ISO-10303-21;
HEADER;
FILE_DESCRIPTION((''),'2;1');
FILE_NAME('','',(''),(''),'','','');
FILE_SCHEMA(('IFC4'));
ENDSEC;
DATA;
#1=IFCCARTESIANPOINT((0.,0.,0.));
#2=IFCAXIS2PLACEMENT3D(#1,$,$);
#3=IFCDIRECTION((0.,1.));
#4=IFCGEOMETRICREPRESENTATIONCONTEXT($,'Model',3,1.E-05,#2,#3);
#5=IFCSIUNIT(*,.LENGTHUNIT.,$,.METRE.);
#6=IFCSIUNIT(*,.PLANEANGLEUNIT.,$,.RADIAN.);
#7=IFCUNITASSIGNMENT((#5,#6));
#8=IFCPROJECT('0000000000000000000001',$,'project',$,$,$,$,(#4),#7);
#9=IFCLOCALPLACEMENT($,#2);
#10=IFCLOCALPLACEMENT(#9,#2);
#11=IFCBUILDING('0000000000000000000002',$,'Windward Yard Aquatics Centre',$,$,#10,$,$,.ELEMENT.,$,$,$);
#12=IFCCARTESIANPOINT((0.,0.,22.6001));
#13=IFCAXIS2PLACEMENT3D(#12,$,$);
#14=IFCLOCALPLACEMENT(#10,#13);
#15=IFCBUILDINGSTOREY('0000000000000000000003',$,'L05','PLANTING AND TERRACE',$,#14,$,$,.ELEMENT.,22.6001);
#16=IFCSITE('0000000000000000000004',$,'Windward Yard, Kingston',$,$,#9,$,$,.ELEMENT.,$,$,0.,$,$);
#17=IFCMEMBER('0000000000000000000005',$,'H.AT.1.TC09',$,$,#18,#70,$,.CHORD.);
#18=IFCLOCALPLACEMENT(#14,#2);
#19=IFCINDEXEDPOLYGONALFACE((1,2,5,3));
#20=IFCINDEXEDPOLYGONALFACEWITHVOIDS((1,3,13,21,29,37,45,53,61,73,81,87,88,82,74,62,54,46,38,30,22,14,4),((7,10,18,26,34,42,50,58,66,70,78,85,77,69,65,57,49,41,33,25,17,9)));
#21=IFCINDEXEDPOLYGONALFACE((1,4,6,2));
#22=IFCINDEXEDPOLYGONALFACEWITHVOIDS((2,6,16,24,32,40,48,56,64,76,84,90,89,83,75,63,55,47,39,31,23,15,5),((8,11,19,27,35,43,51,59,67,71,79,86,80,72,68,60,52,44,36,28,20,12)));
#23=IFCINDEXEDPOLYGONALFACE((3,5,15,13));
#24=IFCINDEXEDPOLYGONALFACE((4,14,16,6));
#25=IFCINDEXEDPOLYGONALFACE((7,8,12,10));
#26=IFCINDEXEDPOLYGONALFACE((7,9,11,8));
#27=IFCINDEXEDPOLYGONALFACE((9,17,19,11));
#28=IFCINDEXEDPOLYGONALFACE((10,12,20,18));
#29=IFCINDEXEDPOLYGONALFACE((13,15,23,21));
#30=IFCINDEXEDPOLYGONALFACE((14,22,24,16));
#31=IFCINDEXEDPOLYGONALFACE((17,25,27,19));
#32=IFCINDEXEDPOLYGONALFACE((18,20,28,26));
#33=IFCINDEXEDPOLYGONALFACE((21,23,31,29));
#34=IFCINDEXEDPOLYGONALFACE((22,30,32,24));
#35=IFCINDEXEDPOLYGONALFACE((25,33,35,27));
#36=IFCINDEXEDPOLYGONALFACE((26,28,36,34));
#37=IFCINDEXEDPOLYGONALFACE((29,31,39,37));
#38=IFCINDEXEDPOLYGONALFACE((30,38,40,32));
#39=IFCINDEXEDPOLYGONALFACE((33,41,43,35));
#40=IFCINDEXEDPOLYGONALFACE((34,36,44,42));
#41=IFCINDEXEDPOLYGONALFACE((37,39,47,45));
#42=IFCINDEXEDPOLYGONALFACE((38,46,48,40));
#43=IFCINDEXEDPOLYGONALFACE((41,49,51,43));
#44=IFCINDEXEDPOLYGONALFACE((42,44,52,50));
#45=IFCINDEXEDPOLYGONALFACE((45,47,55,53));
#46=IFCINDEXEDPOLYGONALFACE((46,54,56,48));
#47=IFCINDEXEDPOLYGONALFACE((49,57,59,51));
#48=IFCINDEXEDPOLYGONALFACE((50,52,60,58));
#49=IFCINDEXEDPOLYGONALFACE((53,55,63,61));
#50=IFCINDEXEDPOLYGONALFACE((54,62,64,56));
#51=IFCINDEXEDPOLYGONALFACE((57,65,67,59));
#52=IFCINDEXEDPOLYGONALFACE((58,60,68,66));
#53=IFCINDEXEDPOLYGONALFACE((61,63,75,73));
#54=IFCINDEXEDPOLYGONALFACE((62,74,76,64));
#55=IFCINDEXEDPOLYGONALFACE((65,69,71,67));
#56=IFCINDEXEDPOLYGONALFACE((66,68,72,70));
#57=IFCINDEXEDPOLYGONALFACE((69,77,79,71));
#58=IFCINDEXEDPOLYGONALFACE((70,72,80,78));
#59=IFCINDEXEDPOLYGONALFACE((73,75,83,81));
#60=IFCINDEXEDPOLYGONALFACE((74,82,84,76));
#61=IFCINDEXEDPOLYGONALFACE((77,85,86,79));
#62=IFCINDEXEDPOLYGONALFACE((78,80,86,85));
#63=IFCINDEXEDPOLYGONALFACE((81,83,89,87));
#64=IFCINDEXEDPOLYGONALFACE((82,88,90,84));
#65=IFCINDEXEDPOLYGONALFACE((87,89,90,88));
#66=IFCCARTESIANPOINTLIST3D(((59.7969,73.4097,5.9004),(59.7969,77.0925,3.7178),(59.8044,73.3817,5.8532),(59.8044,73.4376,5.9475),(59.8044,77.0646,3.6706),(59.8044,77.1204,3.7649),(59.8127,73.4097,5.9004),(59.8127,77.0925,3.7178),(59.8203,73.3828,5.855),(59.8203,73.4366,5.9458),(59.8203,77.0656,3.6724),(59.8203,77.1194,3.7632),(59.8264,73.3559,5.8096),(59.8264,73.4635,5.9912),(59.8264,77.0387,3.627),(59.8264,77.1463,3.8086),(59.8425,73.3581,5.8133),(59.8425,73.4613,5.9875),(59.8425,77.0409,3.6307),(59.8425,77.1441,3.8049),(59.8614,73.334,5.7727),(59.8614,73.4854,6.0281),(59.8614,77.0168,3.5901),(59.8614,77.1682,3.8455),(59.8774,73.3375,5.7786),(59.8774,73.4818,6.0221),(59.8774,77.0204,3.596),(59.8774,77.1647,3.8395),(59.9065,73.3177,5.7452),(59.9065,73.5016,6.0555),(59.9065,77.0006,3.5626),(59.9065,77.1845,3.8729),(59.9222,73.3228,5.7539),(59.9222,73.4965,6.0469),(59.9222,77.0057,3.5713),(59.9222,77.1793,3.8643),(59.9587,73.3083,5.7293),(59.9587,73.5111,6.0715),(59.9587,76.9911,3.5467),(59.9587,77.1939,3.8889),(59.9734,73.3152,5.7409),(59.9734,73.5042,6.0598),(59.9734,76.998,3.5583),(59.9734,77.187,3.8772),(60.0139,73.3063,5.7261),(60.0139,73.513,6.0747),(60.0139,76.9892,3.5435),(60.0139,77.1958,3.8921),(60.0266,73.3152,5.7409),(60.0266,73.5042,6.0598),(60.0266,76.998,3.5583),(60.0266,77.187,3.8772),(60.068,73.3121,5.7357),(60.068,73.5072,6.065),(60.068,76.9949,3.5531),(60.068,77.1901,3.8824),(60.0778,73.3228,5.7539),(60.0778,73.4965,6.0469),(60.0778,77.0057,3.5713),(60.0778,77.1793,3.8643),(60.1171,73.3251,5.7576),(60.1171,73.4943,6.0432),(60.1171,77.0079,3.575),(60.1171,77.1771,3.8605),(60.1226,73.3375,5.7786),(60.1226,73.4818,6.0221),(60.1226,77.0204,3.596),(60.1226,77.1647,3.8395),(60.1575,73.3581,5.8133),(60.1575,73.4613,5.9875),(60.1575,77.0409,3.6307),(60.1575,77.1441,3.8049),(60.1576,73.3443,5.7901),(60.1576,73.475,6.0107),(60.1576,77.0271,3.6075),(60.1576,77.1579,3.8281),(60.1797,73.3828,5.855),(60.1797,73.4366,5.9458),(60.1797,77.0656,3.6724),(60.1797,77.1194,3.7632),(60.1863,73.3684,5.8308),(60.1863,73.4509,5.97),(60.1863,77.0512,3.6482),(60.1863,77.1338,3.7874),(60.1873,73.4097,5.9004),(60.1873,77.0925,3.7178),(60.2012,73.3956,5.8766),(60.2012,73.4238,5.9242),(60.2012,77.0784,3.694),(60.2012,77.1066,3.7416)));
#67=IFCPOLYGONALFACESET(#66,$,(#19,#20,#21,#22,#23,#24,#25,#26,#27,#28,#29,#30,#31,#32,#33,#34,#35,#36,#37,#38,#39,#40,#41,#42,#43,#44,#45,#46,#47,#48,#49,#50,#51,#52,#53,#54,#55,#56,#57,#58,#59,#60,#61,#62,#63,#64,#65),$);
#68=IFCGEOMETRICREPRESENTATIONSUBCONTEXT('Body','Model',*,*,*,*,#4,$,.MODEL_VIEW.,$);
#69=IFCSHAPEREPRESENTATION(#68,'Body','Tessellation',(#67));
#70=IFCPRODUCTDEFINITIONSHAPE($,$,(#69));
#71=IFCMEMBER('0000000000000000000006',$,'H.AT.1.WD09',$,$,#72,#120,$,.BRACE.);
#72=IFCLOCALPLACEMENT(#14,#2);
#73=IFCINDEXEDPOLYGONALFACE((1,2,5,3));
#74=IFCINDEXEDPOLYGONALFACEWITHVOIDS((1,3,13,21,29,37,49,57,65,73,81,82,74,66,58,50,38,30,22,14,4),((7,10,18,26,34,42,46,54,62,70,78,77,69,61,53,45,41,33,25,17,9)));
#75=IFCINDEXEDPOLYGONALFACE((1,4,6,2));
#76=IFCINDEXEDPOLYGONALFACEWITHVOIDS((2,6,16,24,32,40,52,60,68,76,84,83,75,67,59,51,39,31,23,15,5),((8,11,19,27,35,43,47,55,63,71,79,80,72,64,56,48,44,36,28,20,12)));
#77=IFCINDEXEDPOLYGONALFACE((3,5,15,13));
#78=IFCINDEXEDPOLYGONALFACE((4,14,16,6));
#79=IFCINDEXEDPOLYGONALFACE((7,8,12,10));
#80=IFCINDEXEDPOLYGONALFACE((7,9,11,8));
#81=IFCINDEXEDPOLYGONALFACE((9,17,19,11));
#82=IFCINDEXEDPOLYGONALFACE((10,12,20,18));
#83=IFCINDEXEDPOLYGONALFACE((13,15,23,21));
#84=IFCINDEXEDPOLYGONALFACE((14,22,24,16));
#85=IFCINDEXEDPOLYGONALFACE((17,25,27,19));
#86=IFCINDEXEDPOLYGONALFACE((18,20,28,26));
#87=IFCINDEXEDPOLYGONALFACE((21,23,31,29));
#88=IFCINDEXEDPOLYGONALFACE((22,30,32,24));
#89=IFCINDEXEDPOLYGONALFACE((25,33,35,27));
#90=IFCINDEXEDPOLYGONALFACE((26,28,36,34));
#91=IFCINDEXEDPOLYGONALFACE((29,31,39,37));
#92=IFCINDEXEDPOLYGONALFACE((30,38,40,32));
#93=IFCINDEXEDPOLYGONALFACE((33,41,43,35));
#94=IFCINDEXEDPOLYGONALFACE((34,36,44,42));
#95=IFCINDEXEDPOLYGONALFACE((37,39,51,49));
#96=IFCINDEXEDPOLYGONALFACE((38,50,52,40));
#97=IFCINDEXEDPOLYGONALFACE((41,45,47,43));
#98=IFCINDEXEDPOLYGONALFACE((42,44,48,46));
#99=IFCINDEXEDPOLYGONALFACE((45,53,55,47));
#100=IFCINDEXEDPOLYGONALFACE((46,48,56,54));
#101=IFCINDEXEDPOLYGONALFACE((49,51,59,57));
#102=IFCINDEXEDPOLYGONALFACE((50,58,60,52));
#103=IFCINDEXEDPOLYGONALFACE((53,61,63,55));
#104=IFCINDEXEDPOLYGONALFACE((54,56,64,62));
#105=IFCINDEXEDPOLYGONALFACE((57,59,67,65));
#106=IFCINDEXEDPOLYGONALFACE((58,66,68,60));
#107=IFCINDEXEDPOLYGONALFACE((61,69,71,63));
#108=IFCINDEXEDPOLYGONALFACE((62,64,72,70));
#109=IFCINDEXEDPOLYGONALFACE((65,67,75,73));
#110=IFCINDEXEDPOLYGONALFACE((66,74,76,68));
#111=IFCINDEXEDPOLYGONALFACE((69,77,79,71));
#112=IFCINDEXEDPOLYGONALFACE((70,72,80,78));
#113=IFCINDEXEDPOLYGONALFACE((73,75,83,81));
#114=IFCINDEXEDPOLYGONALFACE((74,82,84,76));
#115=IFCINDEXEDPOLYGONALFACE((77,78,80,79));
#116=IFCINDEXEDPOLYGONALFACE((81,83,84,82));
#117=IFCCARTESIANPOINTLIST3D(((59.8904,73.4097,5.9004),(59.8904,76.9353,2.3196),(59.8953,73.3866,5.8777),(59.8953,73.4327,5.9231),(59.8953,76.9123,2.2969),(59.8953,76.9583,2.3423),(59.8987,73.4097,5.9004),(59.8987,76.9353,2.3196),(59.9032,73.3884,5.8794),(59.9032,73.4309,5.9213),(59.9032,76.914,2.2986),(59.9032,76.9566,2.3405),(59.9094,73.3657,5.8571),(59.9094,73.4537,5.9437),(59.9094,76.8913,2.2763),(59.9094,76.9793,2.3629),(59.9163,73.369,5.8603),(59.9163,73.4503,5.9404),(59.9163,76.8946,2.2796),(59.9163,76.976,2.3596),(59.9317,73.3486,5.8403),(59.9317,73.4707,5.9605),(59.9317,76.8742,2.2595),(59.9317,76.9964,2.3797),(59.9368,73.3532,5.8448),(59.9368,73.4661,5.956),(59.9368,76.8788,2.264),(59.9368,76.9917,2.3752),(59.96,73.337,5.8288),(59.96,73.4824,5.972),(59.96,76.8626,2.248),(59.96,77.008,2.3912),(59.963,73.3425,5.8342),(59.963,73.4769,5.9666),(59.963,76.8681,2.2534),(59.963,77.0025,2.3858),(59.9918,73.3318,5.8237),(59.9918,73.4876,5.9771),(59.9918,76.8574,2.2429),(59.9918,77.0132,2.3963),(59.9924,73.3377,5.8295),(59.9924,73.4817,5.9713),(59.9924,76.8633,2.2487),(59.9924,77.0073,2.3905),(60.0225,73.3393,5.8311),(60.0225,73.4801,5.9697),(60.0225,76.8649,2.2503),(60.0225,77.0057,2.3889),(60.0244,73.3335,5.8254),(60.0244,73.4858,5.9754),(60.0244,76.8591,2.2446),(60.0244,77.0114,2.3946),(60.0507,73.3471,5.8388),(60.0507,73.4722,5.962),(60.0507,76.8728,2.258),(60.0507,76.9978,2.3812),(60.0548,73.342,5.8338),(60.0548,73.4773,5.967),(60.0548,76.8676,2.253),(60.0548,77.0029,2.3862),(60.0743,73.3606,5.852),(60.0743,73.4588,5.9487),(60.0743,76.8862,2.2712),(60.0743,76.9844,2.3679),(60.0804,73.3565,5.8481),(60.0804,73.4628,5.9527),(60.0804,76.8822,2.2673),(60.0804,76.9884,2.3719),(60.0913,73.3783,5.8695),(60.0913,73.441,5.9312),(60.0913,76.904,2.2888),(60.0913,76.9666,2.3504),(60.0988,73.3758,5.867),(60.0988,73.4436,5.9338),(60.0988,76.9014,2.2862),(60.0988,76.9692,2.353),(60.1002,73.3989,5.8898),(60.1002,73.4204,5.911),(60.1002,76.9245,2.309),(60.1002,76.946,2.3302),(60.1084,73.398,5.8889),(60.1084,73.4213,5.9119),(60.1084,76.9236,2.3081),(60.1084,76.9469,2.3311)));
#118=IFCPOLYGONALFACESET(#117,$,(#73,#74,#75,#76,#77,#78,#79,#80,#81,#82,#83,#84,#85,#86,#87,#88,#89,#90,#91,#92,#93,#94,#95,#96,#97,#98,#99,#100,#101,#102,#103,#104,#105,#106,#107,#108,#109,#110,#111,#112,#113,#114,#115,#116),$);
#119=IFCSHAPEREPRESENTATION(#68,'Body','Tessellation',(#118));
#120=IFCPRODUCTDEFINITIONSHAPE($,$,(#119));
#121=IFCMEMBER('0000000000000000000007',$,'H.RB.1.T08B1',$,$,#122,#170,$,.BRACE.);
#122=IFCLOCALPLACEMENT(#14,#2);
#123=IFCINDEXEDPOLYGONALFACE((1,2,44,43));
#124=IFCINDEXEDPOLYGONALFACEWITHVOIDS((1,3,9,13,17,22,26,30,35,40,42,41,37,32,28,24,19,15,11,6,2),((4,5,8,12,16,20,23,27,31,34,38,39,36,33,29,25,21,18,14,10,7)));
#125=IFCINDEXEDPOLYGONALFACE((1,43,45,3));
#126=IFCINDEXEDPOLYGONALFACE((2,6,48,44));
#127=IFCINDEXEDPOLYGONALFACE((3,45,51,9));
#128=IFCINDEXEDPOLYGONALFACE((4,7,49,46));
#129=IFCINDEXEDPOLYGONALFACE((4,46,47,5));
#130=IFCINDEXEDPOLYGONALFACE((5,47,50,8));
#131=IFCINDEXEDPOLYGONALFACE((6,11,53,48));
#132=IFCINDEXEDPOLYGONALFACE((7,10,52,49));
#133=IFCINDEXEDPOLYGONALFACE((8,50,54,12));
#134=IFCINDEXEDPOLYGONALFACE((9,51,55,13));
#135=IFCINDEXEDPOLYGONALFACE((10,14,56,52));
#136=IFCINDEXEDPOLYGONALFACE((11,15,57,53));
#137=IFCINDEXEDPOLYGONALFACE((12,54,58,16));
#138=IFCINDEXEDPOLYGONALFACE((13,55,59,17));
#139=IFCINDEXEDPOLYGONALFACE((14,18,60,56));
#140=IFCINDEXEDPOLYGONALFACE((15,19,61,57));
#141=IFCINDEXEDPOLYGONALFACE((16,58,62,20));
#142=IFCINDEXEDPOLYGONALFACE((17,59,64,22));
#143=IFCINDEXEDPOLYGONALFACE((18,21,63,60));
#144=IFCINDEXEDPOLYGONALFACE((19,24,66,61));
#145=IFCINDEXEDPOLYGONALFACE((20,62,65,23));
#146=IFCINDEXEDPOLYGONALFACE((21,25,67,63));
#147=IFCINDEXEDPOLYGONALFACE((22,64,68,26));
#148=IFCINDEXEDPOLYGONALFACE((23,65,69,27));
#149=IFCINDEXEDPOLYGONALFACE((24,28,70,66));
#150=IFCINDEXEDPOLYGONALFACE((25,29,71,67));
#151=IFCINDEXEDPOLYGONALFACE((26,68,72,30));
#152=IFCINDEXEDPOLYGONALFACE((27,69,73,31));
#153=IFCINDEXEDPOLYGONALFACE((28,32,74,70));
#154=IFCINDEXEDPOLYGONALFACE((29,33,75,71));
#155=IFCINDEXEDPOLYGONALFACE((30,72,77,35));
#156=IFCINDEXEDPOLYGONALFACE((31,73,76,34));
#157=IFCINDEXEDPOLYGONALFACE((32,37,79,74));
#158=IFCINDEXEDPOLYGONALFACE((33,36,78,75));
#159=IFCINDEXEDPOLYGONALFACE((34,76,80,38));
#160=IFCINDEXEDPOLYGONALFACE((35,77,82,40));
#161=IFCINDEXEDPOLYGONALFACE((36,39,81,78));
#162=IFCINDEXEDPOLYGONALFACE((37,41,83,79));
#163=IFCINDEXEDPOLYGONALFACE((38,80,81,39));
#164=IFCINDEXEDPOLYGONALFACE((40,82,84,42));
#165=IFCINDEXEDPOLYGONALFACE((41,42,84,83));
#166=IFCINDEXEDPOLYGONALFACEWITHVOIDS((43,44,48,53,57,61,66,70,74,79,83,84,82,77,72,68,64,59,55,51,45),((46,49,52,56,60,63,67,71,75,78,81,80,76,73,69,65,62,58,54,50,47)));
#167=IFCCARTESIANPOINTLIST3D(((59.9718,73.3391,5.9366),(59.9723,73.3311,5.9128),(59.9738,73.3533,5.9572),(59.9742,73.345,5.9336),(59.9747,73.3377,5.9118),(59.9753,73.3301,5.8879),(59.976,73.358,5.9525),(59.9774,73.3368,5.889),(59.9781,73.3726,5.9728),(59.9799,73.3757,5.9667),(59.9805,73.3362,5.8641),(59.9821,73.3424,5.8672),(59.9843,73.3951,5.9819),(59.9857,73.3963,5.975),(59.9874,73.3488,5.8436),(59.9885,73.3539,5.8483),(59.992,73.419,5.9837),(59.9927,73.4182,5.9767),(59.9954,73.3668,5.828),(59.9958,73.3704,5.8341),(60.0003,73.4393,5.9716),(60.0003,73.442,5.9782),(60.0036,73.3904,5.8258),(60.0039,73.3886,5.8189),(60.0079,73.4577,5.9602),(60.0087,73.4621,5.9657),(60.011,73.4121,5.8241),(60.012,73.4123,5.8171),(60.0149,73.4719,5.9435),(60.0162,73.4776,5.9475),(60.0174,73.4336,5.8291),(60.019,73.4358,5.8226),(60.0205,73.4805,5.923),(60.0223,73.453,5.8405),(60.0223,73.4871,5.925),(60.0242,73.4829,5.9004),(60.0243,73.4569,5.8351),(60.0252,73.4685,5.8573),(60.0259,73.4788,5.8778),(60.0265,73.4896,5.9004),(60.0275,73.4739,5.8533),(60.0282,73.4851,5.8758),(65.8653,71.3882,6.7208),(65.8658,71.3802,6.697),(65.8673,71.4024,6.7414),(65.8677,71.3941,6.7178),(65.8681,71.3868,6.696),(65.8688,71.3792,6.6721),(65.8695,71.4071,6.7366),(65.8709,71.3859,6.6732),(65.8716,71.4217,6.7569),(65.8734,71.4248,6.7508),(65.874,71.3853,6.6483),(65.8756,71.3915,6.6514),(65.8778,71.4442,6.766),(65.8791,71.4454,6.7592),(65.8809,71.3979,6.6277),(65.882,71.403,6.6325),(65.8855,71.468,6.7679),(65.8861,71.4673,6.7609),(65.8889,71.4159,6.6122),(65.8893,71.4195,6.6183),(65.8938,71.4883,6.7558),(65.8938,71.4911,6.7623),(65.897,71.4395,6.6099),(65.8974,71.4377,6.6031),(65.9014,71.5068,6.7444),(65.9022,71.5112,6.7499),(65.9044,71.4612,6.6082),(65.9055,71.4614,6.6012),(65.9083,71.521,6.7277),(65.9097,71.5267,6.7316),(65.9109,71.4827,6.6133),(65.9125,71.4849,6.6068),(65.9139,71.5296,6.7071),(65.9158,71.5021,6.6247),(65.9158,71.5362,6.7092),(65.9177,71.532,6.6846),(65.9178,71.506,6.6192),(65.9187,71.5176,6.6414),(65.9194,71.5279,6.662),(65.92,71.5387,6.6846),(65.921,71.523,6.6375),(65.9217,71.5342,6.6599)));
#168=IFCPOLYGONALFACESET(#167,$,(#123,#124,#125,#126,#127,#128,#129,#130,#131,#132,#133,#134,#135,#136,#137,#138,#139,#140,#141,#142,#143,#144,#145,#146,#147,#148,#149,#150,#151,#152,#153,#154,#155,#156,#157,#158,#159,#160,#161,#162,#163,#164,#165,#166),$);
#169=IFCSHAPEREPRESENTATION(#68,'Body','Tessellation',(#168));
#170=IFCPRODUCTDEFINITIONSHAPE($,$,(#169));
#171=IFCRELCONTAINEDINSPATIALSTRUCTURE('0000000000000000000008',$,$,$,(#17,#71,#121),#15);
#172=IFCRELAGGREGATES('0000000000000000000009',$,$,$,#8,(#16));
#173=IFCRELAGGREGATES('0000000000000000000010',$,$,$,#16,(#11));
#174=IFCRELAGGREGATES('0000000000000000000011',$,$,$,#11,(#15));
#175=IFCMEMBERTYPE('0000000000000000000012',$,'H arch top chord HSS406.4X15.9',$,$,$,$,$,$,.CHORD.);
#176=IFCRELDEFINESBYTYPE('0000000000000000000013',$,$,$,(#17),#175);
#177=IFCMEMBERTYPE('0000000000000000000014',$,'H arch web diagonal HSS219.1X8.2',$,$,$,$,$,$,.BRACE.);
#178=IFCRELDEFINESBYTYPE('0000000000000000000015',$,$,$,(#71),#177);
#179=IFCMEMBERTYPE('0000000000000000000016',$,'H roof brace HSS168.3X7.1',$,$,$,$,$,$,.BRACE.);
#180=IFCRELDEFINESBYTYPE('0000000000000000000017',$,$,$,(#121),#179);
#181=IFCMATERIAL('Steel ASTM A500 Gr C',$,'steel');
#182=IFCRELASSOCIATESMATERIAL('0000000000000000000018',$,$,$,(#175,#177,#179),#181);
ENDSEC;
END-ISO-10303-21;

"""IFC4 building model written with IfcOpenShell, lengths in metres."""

from ifc_helpers import new_model, si_unit, direction, frame, origin, origin_2d, place, context, subcontext, project, spatial, hollow_circle, extrude, material, material_profile, profile_set, type_object, element, save


model = new_model("IFC4")

# Units and contexts
model_context = context("Model", 3, precision=1e-05, world=origin(), true_north=direction((0.0, 1.0)))
body_context = subcontext(model_context, "Body", "Model", "MODEL_VIEW")
ifc_project = project(units=[si_unit("LENGTHUNIT", "METRE"), si_unit("PLANEANGLEUNIT", "RADIAN")], contexts=[model_context])

# Site, building, storey
site_placement = place(None, origin())
site = spatial("IfcSite", under=ifc_project, at=site_placement, Name="Windward Yard, Kingston", CompositionType="ELEMENT", RefElevation=0.0)
building_placement = place(site_placement, origin())
building = spatial("IfcBuilding", under=site, at=building_placement, Name="Windward Yard Aquatics Centre", CompositionType="ELEMENT")
storey_placement = place(building_placement, frame((0.0, 0.0, 22.6001)))
storey = spatial("IfcBuildingStorey", under=building, at=storey_placement, Name="L05", Description="PLANTING AND TERRACE", CompositionType="ELEMENT", Elevation=22.6001)

# Members
ifc_material_1 = material(Name="Steel ASTM A500 Gr C", Category="steel")
ifc_material_profile_1 = material_profile(ifc_material_1, hollow_circle(Radius=0.2031, WallThickness=0.0159, at=origin_2d()), Name="HSS406.4X15.9")
ifc_profile_set_1 = profile_set([ifc_material_profile_1], Name="Steel ASTM A500 Gr C")
member_type_1 = type_object("IfcMemberType", Name="H arch top chord HSS406.4X15.9", PredefinedType="CHORD", material=ifc_profile_set_1)
member_1_placement = place(storey_placement, frame((60.0, 73.4097, 5.9004), z_axis=(0.0, 0.860273, -0.509834), x_axis=(-1.0, 0.0, 0.0)))
element("IfcMember", 1, at=member_1_placement, inside=storey, type_object=member_type_1, Name="H.AT.1.TC09", PredefinedType="CHORD", context=body_context, shape_type="SweptSolid", body=[
    extrude(hollow_circle(Radius=0.2031, WallThickness=0.0159, at=origin_2d()), origin(), (0.0, 0.0, 1.0), 4.281),
])
ifc_material_profile_2 = material_profile(ifc_material_1, hollow_circle(Radius=0.1096, WallThickness=0.0083, at=origin_2d()), Name="HSS219.1X8.2")
ifc_profile_set_2 = profile_set([ifc_material_profile_2], Name="Steel ASTM A500 Gr C")
member_type_2 = type_object("IfcMemberType", Name="H arch web diagonal HSS219.1X8.2", PredefinedType="BRACE", material=ifc_profile_set_2)
member_2_placement = place(storey_placement, frame((60.0, 73.4097, 5.9004), z_axis=(0.0, 0.701596, -0.712575), x_axis=(-1.0, 0.0, 0.0)))
element("IfcMember", 2, at=member_2_placement, inside=storey, type_object=member_type_2, Name="H.AT.1.WD09", PredefinedType="BRACE", context=body_context, shape_type="SweptSolid", body=[
    extrude(hollow_circle(Radius=0.1096, WallThickness=0.0083, at=origin_2d()), origin(), (0.0, 0.0, 1.0), 5.0251),
])
ifc_material_profile_3 = material_profile(ifc_material_1, hollow_circle(Radius=0.0842, WallThickness=0.0071, at=origin_2d()), Name="HSS168.3X7.1")
ifc_profile_set_3 = profile_set([ifc_material_profile_3], Name="Steel ASTM A500 Gr C")
member_type_3 = type_object("IfcMemberType", Name="H roof brace HSS168.3X7.1", PredefinedType="BRACE", material=ifc_profile_set_3)
for number, where, z_axis, x_axis, name in (
    (3, (60.0, 73.4097, 5.9004), (0.941854, -0.311779, 0.12532), (0.314257, 0.949338, 0.0), "H.RB.1.T08B1"),
):
    element("IfcMember", number, at=place(storey_placement, frame(where, z_axis=z_axis, x_axis=x_axis)), inside=storey, type_object=member_type_3, Name=name, PredefinedType="BRACE", context=body_context, shape_type="SweptSolid", body=[
        extrude(hollow_circle(Radius=0.0842, WallThickness=0.0071, at=origin_2d()), origin(), (0.0, 0.0, 1.0), 6.2573),
    ])

save(model, "model.ifc")
